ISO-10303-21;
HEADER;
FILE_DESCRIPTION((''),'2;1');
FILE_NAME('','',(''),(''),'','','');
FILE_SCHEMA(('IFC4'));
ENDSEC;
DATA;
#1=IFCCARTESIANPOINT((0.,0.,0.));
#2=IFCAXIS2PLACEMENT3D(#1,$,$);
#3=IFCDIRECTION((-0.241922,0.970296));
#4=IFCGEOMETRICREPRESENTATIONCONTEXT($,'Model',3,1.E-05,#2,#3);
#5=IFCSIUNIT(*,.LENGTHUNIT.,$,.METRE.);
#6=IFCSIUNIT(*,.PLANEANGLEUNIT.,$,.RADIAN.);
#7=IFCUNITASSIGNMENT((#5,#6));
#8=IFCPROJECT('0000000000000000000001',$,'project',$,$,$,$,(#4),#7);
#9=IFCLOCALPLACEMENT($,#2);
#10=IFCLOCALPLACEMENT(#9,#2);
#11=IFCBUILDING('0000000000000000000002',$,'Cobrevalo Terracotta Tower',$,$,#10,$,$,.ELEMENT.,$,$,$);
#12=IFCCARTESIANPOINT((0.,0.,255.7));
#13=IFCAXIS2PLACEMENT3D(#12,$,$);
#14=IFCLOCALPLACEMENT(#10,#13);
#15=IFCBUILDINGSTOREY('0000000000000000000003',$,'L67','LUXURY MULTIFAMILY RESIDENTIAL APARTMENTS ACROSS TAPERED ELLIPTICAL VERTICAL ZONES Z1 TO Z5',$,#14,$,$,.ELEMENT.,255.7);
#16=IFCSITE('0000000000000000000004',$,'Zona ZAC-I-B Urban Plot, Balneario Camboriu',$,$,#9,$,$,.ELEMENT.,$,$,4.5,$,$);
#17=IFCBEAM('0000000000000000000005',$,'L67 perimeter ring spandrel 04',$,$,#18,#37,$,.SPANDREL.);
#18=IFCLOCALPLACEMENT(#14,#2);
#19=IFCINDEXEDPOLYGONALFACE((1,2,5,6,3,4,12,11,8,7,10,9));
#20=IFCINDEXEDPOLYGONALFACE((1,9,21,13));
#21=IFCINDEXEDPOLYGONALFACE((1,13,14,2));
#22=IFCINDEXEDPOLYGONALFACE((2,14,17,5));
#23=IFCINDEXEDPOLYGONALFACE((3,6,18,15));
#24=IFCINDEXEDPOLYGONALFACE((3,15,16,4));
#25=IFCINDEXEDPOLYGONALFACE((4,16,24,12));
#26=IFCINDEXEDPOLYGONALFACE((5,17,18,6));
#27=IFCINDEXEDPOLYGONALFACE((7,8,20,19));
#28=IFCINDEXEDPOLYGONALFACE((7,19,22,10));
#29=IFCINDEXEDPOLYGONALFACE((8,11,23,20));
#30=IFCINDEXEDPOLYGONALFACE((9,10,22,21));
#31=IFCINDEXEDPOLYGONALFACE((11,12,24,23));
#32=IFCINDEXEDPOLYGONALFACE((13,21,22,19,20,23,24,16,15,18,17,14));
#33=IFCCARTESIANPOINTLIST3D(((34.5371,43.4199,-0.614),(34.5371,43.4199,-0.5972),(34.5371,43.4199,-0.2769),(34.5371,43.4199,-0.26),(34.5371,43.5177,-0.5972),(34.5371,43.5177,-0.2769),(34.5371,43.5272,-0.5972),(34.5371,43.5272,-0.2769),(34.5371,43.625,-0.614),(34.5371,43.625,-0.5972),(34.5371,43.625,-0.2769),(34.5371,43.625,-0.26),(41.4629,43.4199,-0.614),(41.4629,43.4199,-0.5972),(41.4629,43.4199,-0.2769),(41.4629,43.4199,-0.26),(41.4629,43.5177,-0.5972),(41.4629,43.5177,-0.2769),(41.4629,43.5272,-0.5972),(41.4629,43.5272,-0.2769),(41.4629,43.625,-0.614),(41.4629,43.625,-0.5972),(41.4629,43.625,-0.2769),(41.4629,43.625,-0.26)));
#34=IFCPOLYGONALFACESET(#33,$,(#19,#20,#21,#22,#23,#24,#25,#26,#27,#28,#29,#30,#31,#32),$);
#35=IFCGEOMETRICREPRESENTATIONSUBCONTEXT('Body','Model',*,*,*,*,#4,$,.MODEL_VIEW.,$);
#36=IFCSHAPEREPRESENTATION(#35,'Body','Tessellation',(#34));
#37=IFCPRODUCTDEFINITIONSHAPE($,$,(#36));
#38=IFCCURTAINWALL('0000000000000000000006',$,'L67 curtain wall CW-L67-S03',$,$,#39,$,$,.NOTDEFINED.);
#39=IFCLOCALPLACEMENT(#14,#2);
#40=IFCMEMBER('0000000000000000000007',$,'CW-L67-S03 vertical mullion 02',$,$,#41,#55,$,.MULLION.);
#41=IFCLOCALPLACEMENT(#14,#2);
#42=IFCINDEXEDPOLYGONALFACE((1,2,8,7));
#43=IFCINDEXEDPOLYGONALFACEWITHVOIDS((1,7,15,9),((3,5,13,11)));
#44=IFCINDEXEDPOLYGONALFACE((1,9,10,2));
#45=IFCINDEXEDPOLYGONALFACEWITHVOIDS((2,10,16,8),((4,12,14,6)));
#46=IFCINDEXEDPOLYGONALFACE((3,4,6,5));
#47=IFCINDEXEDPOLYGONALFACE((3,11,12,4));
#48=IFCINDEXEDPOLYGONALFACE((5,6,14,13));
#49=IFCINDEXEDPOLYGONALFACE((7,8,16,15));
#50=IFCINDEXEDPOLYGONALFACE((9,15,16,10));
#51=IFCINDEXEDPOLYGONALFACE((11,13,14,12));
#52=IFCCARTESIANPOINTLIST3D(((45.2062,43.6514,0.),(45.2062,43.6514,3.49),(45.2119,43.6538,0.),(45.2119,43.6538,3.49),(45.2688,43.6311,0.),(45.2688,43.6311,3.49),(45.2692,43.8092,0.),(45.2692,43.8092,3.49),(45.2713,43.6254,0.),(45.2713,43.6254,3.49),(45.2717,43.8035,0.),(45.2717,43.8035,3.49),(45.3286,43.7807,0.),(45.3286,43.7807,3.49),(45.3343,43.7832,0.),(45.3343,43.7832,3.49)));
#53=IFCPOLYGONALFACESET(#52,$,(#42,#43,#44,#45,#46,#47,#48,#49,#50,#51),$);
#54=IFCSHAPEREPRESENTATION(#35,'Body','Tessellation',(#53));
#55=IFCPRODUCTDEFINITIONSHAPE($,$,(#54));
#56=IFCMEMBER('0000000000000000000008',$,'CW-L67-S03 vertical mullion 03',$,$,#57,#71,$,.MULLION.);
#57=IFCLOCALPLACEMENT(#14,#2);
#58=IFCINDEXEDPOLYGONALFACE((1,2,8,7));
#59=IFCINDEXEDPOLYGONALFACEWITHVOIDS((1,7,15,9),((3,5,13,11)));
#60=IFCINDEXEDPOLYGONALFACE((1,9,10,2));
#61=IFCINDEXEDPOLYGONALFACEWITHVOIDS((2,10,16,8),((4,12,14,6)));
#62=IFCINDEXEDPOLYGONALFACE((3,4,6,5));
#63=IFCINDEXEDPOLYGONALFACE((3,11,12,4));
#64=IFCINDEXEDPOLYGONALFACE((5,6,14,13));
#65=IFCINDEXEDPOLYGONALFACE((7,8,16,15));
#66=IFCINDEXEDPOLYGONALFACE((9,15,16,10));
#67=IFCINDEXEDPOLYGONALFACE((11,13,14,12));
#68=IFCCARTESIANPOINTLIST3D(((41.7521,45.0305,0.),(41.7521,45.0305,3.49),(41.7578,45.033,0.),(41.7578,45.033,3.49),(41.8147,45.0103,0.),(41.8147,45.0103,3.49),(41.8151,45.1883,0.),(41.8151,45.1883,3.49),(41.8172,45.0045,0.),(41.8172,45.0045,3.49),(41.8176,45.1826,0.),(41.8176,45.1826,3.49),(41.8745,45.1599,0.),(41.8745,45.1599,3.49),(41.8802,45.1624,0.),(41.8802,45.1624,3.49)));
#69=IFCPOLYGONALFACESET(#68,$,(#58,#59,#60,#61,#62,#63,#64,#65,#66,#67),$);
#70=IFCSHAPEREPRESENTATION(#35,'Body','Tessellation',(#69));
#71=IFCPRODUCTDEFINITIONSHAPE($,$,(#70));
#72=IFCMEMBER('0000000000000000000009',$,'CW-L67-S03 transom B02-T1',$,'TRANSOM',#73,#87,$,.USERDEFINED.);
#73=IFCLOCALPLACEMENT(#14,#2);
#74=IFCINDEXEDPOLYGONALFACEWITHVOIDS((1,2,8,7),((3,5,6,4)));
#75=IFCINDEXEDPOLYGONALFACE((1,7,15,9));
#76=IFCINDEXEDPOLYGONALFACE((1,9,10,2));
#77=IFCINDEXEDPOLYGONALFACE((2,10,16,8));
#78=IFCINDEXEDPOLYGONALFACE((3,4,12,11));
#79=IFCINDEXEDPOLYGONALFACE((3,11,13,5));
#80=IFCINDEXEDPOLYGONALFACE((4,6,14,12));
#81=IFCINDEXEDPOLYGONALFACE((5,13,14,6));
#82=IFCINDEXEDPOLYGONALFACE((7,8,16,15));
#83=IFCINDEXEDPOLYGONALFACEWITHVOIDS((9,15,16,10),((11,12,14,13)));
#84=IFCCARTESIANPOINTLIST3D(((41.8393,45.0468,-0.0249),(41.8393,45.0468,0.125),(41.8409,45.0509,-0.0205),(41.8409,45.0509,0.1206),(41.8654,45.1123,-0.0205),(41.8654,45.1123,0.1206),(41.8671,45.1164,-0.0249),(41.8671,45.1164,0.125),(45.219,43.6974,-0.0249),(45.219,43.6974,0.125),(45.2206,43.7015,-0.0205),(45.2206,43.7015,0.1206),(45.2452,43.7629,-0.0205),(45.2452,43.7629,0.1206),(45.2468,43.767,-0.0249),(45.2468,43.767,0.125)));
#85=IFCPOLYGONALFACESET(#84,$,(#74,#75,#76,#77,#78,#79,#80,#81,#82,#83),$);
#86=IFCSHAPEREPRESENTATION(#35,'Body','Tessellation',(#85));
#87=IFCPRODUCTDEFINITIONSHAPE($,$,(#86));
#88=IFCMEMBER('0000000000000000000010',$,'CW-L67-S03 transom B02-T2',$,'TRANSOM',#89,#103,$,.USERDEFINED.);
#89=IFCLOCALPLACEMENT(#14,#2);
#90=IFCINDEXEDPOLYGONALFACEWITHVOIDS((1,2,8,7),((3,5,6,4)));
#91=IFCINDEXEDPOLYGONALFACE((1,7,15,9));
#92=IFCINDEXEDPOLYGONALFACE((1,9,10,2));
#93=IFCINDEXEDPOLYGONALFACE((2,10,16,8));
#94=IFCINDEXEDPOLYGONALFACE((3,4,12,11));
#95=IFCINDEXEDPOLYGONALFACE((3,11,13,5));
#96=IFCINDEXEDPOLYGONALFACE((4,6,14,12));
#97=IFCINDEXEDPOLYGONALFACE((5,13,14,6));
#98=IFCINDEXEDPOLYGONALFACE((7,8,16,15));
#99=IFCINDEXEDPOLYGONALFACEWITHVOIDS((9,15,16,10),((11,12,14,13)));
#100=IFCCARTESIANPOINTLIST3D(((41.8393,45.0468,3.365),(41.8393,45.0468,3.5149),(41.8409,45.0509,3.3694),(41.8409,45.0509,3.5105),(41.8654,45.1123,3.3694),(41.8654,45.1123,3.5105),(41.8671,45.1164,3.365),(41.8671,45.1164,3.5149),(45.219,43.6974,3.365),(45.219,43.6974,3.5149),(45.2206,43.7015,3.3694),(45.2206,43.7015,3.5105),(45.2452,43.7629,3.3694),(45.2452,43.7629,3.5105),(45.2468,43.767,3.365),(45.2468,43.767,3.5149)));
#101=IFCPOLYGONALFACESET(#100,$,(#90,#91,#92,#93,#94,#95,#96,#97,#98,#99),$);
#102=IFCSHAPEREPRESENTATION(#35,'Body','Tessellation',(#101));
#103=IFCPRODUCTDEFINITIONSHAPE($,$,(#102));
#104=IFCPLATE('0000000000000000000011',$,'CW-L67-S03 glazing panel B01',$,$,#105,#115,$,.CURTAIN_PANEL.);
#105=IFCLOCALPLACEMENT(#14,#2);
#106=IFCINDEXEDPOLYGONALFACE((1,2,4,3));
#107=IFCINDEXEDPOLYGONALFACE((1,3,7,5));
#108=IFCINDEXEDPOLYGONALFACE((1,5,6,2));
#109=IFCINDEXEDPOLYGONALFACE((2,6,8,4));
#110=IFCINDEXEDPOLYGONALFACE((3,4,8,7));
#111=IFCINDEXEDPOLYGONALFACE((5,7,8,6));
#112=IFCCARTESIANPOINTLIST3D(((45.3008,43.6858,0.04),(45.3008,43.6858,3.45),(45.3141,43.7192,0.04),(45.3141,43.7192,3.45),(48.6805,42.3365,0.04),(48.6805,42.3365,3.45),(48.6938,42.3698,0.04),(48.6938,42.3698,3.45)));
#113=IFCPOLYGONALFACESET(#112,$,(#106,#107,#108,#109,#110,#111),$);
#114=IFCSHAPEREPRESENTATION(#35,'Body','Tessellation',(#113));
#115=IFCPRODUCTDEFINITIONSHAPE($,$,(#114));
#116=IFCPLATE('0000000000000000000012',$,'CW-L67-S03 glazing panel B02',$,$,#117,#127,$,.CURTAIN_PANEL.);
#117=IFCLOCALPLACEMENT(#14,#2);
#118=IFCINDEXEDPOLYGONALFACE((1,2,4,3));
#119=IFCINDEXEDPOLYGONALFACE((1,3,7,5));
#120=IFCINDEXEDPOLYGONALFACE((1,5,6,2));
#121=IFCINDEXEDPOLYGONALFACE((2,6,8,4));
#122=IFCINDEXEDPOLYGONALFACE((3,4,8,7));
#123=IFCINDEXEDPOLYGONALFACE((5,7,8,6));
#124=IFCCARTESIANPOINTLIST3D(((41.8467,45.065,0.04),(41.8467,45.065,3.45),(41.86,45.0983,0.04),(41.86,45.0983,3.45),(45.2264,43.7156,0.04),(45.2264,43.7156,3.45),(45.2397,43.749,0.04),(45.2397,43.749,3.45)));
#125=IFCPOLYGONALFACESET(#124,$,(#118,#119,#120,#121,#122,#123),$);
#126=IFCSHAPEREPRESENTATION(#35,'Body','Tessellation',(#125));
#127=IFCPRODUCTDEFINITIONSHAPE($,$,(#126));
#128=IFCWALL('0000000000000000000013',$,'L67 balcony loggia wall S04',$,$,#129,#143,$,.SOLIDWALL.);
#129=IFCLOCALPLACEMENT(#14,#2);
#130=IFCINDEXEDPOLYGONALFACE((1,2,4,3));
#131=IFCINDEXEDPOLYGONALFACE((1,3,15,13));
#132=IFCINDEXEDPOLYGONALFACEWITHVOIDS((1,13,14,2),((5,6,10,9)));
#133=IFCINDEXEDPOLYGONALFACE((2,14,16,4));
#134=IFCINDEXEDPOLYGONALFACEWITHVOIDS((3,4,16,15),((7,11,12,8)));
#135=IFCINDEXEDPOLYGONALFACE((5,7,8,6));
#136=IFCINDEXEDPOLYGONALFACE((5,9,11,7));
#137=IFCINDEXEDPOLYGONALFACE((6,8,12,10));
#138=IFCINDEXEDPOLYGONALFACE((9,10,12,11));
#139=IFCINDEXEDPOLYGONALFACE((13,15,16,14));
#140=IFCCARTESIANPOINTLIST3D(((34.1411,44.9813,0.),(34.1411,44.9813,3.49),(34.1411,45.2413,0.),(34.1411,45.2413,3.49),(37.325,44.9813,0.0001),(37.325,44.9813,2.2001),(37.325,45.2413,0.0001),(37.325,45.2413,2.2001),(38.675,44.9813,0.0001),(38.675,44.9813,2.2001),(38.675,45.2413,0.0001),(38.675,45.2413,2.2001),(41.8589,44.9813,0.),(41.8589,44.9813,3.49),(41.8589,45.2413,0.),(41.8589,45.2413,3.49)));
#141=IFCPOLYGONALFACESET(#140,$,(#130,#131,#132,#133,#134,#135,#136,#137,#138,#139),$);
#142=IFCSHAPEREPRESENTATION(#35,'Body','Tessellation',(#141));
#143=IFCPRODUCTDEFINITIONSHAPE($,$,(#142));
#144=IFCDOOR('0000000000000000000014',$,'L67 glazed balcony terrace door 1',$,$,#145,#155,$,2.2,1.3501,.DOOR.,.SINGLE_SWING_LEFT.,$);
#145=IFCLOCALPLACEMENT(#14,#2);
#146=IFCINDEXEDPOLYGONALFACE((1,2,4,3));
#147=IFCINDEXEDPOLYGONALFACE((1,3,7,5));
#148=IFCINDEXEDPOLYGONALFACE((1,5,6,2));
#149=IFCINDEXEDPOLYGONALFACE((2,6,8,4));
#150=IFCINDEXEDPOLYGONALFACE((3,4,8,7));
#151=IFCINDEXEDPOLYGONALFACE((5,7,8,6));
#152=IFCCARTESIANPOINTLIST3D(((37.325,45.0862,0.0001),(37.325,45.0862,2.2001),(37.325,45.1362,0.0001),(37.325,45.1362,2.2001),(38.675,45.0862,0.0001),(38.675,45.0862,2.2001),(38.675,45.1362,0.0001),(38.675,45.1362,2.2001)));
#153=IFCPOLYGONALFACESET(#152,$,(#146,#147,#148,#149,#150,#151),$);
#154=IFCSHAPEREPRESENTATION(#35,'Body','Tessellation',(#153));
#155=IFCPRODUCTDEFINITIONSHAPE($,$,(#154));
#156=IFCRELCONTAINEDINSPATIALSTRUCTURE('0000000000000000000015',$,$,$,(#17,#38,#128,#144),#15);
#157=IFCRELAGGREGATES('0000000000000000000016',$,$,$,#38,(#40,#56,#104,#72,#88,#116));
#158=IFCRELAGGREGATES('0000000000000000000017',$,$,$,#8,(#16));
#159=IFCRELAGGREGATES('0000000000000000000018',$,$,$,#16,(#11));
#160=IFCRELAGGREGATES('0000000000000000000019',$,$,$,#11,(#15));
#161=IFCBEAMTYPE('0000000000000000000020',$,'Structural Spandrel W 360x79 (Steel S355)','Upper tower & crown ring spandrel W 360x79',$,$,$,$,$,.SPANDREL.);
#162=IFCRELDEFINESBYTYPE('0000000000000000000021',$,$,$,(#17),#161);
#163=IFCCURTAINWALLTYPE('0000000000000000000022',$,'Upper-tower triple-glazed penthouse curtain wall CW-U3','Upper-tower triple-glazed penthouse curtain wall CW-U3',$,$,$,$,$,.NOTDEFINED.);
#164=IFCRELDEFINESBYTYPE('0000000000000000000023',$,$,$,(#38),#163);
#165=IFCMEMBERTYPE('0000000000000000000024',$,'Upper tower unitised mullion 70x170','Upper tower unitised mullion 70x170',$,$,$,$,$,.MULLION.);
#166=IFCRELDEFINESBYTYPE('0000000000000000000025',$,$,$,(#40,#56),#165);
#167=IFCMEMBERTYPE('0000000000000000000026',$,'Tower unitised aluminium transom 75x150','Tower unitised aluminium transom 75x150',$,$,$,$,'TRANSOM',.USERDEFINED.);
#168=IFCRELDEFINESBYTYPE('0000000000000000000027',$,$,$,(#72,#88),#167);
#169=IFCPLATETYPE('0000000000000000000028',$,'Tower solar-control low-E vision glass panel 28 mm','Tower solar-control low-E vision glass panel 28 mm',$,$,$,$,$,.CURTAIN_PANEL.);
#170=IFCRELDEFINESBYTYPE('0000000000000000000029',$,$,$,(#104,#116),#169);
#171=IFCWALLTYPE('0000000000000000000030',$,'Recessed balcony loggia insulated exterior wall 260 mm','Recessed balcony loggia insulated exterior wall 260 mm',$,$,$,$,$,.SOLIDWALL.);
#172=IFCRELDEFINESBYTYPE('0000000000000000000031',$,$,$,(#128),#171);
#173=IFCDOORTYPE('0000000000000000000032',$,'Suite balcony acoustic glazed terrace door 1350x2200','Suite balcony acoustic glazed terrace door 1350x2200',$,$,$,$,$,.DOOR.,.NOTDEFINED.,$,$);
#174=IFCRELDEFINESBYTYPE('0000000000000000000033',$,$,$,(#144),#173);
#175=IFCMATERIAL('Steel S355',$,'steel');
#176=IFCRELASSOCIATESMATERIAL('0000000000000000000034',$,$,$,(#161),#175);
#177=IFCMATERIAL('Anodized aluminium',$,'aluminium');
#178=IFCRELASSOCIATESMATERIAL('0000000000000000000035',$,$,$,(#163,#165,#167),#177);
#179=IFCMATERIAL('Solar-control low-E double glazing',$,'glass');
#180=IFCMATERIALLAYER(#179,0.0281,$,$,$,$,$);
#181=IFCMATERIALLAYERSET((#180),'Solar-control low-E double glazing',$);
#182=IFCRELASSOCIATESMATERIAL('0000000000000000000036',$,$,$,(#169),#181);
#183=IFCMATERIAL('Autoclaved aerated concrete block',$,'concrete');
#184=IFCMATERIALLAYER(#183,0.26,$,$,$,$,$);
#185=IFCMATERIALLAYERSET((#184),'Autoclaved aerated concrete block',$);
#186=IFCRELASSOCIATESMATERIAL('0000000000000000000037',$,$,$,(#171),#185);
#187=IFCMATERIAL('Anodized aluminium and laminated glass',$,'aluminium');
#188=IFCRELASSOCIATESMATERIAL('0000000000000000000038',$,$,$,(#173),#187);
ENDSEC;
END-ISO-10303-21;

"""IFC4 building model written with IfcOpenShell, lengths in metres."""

from ifc_helpers import new_model, si_unit, direction, frame, frame_2d, origin, origin_2d, place, context, subcontext, project, spatial, rectangle, hollow_rectangle, i_section, extrude, source, transform, mapped, material, layer, layer_set, material_profile, profile_set, type_object, element, fill, aggregate, save


model = new_model("IFC4")

# Units and contexts
model_context = context("Model", 3, precision=1e-05, world=origin(), true_north=direction((-0.241922, 0.970296)))
body_context = subcontext(model_context, "Body", "Model", "MODEL_VIEW")
ifc_project = project(units=[si_unit("LENGTHUNIT", "METRE"), si_unit("PLANEANGLEUNIT", "RADIAN")], contexts=[model_context])

# Site, building, storey
site_placement = place(None, origin())
site = spatial("IfcSite", under=ifc_project, at=site_placement, Name="Zona ZAC-I-B Urban Plot, Balneario Camboriu", CompositionType="ELEMENT", RefElevation=4.5)
building_placement = place(site_placement, origin())
building = spatial("IfcBuilding", under=site, at=building_placement, Name="Cobrevalo Terracotta Tower", CompositionType="ELEMENT")
storey_placement = place(building_placement, frame((0.0, 0.0, 255.7)))
storey = spatial("IfcBuildingStorey", under=building, at=storey_placement, Name="L67", Description="LUXURY MULTIFAMILY RESIDENTIAL APARTMENTS ACROSS TAPERED ELLIPTICAL VERTICAL ZONES Z1 TO Z5", CompositionType="ELEMENT", Elevation=255.7)

# Shared definitions
ifc_material_1 = material(Name="Steel S355", Category="steel")

# Beam
ifc_material_profile_1 = material_profile(ifc_material_1, i_section(OverallWidth=0.2051, OverallDepth=0.354, WebThickness=0.0095, FlangeThickness=0.0168, at=origin_2d()), Name="W 360x79")
ifc_profile_set_1 = profile_set([ifc_material_profile_1], Name="Steel S355")
beam_type_1 = type_object("IfcBeamType", Name="Structural Spandrel W 360x79 (Steel S355)", Description="Upper tower & crown ring spandrel W 360x79", PredefinedType="SPANDREL", material=ifc_profile_set_1)
beam_1_placement = place(storey_placement, frame((41.4629, 43.5225, -0.437), z_axis=(-1.0, 0.0, 0.0), x_axis=(0.0, -1.0, 0.0)))
element("IfcBeam", 1, at=beam_1_placement, inside=storey, type_object=beam_type_1, Name="L67 perimeter ring spandrel 04", PredefinedType="SPANDREL", context=body_context, shape_type="SweptSolid", body=[
    extrude(i_section(OverallWidth=0.2051, OverallDepth=0.354, WebThickness=0.0095, FlangeThickness=0.0168, at=origin_2d()), origin(), (0.0, 0.0, 1.0), 6.9258),
])

# Curtain wall, members, plates
ifc_material_2 = material(Name="Anodized aluminium", Category="aluminium")
curtain_wall_type = type_object("IfcCurtainWallType", Name="Upper-tower triple-glazed penthouse curtain wall CW-U3", Description="Upper-tower triple-glazed penthouse curtain wall CW-U3", PredefinedType="NOTDEFINED", material=ifc_material_2)
curtain_wall_placement = place(storey_placement, origin())
curtain_wall = element("IfcCurtainWall", 2, at=curtain_wall_placement, inside=storey, type_object=curtain_wall_type, Name="L67 curtain wall CW-L67-S03", PredefinedType="NOTDEFINED")
ifc_material_profile_2 = material_profile(ifc_material_2, hollow_rectangle(XDim=0.0701, YDim=0.1699, WallThickness=0.0044, at=origin_2d()), Name="CWM 70x170")
ifc_profile_set_2 = profile_set([ifc_material_profile_2], Name="Anodized aluminium")
member_type_1 = type_object("IfcMemberType", Name="Upper tower unitised mullion 70x170", Description="Upper tower unitised mullion 70x170", PredefinedType="MULLION", material=ifc_profile_set_2)
shared_shape_1 = source(origin(), body_context, "Body", "SweptSolid", [
    extrude(hollow_rectangle(XDim=0.0701, YDim=0.1699, WallThickness=0.0044, at=origin_2d()), origin(), (0.0, 0.0, 1.0), 3.49),
])
member_1_placement = place(storey_placement, frame((45.2703, 43.7173, 0.0), z_axis=(0.0, 0.0, 1.0), x_axis=(-0.928719, 0.370784, 0.0)))
member_1 = element("IfcMember", 3, at=member_1_placement, type_object=member_type_1, Name="CW-L67-S03 vertical mullion 02", PredefinedType="MULLION", context=body_context, shape_type="MappedRepresentation", body=[
    mapped(shared_shape_1, transform((0.0, 0.0, 0.0), scale=1.0)),
])
member_2_placement = place(storey_placement, frame((41.8162, 45.0964, 0.0), z_axis=(0.0, 0.0, 1.0), x_axis=(-0.928719, 0.370784, 0.0)))
member_2 = element("IfcMember", 4, at=member_2_placement, type_object=member_type_1, Name="CW-L67-S03 vertical mullion 03", PredefinedType="MULLION", context=body_context, shape_type="MappedRepresentation", body=[
    mapped(shared_shape_1, transform((0.0, 0.0, 0.0), scale=1.0)),
])
ifc_material_profile_3 = material_profile(ifc_material_2, hollow_rectangle(XDim=0.075, YDim=0.1499, WallThickness=0.0044, at=origin_2d()), Name="CWT 75x150")
ifc_profile_set_3 = profile_set([ifc_material_profile_3], Name="Anodized aluminium")
member_type_2 = type_object("IfcMemberType", Name="Tower unitised aluminium transom 75x150", Description="Tower unitised aluminium transom 75x150", ElementType="TRANSOM", PredefinedType="USERDEFINED", material=ifc_profile_set_3)
shared_shape_2 = source(origin(), body_context, "Body", "SweptSolid", [
    extrude(hollow_rectangle(XDim=0.075, YDim=0.1499, WallThickness=0.0044, at=origin_2d()), origin(), (0.0, 0.0, 1.0), 3.6392),
])
member_3_placement = place(storey_placement, frame((45.2329, 43.7322, 0.05), z_axis=(-0.928712, 0.370801, 0.0), x_axis=(-0.370801, -0.928712, 0.0)))
member_3 = element("IfcMember", 5, at=member_3_placement, type_object=member_type_2, Name="CW-L67-S03 transom B02-T1", ObjectType="TRANSOM", PredefinedType="USERDEFINED", context=body_context, shape_type="MappedRepresentation", body=[
    mapped(shared_shape_2, transform((0.0, 0.0, 0.0), scale=1.0)),
])
member_4_placement = place(storey_placement, frame((45.2329, 43.7322, 3.4399), z_axis=(-0.928712, 0.370801, 0.0), x_axis=(-0.370801, -0.928712, 0.0)))
member_4 = element("IfcMember", 6, at=member_4_placement, type_object=member_type_2, Name="CW-L67-S03 transom B02-T2", ObjectType="TRANSOM", PredefinedType="USERDEFINED", context=body_context, shape_type="MappedRepresentation", body=[
    mapped(shared_shape_2, transform((0.0, 0.0, 0.0), scale=1.0)),
])
ifc_material_3 = material(Name="Solar-control low-E double glazing", Category="glass")
ifc_layer_1 = layer(ifc_material_3, 0.0281)
ifc_layer_set_1 = layer_set([ifc_layer_1], Name="Solar-control low-E double glazing")
plate_type = type_object("IfcPlateType", Name="Tower solar-control low-E vision glass panel 28 mm", Description="Tower solar-control low-E vision glass panel 28 mm", PredefinedType="CURTAIN_PANEL", material=ifc_layer_set_1)
shared_shape_3 = source(origin(), body_context, "Body", "SweptSolid", [
    extrude(rectangle(XDim=3.6392, YDim=0.0359, at=origin_2d()), origin(), (0.0, 0.0, 1.0), 3.4099),
])
plate_1_placement = place(storey_placement, frame((46.9973, 43.0278, 0.04), z_axis=(0.0, 0.0, 1.0), x_axis=(-0.928718, 0.370786, 0.0)))
plate_1 = element("IfcPlate", 7, at=plate_1_placement, type_object=plate_type, Name="CW-L67-S03 glazing panel B01", PredefinedType="CURTAIN_PANEL", context=body_context, shape_type="MappedRepresentation", body=[
    mapped(shared_shape_3, transform((0.0, 0.0, 0.0), scale=1.0)),
])
plate_2_placement = place(storey_placement, frame((43.5432, 44.407, 0.04), z_axis=(0.0, 0.0, 1.0), x_axis=(-0.928718, 0.370786, 0.0)))
plate_2 = element("IfcPlate", 8, at=plate_2_placement, type_object=plate_type, Name="CW-L67-S03 glazing panel B02", PredefinedType="CURTAIN_PANEL", context=body_context, shape_type="MappedRepresentation", body=[
    mapped(shared_shape_3, transform((0.0, 0.0, 0.0), scale=1.0)),
])
aggregate(curtain_wall, [member_1, member_2, plate_1, member_3, member_4, plate_2])

# Wall, opening, door
ifc_material_4 = material(Name="Autoclaved aerated concrete block", Category="concrete")
ifc_layer_2 = layer(ifc_material_4, 0.26)
ifc_layer_set_2 = layer_set([ifc_layer_2], Name="Autoclaved aerated concrete block")
wall_type_1 = type_object("IfcWallType", Name="Recessed balcony loggia insulated exterior wall 260 mm", Description="Recessed balcony loggia insulated exterior wall 260 mm", PredefinedType="SOLIDWALL", material=ifc_layer_set_2)
wall_1_placement = place(storey_placement, frame((41.8589, 45.1113, 0.0), z_axis=(0.0, 0.0, 1.0), x_axis=(-1.0, 0.0, 0.0)))
wall_1 = element("IfcWall", 9, at=wall_1_placement, inside=storey, type_object=wall_type_1, Name="L67 balcony loggia wall S04", PredefinedType="SOLIDWALL", context=body_context, shape_type="SweptSolid", body=[
    extrude(rectangle(XDim=7.7178, YDim=0.26, at=frame_2d((3.8589, 0.0))), origin(), (0.0, 0.0, 1.0), 3.49),
])
opening_1_placement = place(wall_1_placement, frame((3.1838, 0.0, 0.0)))
opening_1 = element("IfcOpeningElement", 10, at=opening_1_placement, cuts=wall_1, PredefinedType="OPENING", context=body_context, shape_type="SweptSolid", body=[
    extrude(rectangle(XDim=1.3501, YDim=2.2, at=frame_2d((0.675, 1.1001))), frame((0.0, 0.1401, 0.0), z_axis=(0.0, -1.0, 0.0), x_axis=(1.0, 0.0, 0.0)), (0.0, 0.0, 1.0), 0.28),
])
ifc_material_5 = material(Name="Anodized aluminium and laminated glass", Category="aluminium")
door_type_1 = type_object("IfcDoorType", Name="Suite balcony acoustic glazed terrace door 1350x2200", Description="Suite balcony acoustic glazed terrace door 1350x2200", OperationType="NOTDEFINED", PredefinedType="DOOR", material=ifc_material_5)
shared_shape_4 = source(origin(), body_context, "Body", "SweptSolid", [
    extrude(rectangle(XDim=1.3501, YDim=2.2, at=frame_2d((0.675, 1.1001))), frame((0.0, 0.0249, 0.0), z_axis=(0.0, -1.0, 0.0), x_axis=(1.0, 0.0, 0.0)), (0.0, 0.0, 1.0), 0.05),
])
door_1_placement = place(opening_1_placement, frame((1.3501, 0.0, 0.0), z_axis=(0.0, 0.0, 1.0), x_axis=(-1.0, 0.0, 0.0)))
door_1 = element("IfcDoor", 11, at=door_1_placement, inside=storey, type_object=door_type_1, Name="L67 glazed balcony terrace door 1", OperationType="SINGLE_SWING_LEFT", OverallHeight=2.2, OverallWidth=1.3501, PredefinedType="DOOR", context=body_context, shape_type="MappedRepresentation", body=[
    mapped(shared_shape_4, transform((0.0, 0.0, 0.0), scale=1.0)),
])
fill(opening_1, door_1)

save(model, "model.ifc")
